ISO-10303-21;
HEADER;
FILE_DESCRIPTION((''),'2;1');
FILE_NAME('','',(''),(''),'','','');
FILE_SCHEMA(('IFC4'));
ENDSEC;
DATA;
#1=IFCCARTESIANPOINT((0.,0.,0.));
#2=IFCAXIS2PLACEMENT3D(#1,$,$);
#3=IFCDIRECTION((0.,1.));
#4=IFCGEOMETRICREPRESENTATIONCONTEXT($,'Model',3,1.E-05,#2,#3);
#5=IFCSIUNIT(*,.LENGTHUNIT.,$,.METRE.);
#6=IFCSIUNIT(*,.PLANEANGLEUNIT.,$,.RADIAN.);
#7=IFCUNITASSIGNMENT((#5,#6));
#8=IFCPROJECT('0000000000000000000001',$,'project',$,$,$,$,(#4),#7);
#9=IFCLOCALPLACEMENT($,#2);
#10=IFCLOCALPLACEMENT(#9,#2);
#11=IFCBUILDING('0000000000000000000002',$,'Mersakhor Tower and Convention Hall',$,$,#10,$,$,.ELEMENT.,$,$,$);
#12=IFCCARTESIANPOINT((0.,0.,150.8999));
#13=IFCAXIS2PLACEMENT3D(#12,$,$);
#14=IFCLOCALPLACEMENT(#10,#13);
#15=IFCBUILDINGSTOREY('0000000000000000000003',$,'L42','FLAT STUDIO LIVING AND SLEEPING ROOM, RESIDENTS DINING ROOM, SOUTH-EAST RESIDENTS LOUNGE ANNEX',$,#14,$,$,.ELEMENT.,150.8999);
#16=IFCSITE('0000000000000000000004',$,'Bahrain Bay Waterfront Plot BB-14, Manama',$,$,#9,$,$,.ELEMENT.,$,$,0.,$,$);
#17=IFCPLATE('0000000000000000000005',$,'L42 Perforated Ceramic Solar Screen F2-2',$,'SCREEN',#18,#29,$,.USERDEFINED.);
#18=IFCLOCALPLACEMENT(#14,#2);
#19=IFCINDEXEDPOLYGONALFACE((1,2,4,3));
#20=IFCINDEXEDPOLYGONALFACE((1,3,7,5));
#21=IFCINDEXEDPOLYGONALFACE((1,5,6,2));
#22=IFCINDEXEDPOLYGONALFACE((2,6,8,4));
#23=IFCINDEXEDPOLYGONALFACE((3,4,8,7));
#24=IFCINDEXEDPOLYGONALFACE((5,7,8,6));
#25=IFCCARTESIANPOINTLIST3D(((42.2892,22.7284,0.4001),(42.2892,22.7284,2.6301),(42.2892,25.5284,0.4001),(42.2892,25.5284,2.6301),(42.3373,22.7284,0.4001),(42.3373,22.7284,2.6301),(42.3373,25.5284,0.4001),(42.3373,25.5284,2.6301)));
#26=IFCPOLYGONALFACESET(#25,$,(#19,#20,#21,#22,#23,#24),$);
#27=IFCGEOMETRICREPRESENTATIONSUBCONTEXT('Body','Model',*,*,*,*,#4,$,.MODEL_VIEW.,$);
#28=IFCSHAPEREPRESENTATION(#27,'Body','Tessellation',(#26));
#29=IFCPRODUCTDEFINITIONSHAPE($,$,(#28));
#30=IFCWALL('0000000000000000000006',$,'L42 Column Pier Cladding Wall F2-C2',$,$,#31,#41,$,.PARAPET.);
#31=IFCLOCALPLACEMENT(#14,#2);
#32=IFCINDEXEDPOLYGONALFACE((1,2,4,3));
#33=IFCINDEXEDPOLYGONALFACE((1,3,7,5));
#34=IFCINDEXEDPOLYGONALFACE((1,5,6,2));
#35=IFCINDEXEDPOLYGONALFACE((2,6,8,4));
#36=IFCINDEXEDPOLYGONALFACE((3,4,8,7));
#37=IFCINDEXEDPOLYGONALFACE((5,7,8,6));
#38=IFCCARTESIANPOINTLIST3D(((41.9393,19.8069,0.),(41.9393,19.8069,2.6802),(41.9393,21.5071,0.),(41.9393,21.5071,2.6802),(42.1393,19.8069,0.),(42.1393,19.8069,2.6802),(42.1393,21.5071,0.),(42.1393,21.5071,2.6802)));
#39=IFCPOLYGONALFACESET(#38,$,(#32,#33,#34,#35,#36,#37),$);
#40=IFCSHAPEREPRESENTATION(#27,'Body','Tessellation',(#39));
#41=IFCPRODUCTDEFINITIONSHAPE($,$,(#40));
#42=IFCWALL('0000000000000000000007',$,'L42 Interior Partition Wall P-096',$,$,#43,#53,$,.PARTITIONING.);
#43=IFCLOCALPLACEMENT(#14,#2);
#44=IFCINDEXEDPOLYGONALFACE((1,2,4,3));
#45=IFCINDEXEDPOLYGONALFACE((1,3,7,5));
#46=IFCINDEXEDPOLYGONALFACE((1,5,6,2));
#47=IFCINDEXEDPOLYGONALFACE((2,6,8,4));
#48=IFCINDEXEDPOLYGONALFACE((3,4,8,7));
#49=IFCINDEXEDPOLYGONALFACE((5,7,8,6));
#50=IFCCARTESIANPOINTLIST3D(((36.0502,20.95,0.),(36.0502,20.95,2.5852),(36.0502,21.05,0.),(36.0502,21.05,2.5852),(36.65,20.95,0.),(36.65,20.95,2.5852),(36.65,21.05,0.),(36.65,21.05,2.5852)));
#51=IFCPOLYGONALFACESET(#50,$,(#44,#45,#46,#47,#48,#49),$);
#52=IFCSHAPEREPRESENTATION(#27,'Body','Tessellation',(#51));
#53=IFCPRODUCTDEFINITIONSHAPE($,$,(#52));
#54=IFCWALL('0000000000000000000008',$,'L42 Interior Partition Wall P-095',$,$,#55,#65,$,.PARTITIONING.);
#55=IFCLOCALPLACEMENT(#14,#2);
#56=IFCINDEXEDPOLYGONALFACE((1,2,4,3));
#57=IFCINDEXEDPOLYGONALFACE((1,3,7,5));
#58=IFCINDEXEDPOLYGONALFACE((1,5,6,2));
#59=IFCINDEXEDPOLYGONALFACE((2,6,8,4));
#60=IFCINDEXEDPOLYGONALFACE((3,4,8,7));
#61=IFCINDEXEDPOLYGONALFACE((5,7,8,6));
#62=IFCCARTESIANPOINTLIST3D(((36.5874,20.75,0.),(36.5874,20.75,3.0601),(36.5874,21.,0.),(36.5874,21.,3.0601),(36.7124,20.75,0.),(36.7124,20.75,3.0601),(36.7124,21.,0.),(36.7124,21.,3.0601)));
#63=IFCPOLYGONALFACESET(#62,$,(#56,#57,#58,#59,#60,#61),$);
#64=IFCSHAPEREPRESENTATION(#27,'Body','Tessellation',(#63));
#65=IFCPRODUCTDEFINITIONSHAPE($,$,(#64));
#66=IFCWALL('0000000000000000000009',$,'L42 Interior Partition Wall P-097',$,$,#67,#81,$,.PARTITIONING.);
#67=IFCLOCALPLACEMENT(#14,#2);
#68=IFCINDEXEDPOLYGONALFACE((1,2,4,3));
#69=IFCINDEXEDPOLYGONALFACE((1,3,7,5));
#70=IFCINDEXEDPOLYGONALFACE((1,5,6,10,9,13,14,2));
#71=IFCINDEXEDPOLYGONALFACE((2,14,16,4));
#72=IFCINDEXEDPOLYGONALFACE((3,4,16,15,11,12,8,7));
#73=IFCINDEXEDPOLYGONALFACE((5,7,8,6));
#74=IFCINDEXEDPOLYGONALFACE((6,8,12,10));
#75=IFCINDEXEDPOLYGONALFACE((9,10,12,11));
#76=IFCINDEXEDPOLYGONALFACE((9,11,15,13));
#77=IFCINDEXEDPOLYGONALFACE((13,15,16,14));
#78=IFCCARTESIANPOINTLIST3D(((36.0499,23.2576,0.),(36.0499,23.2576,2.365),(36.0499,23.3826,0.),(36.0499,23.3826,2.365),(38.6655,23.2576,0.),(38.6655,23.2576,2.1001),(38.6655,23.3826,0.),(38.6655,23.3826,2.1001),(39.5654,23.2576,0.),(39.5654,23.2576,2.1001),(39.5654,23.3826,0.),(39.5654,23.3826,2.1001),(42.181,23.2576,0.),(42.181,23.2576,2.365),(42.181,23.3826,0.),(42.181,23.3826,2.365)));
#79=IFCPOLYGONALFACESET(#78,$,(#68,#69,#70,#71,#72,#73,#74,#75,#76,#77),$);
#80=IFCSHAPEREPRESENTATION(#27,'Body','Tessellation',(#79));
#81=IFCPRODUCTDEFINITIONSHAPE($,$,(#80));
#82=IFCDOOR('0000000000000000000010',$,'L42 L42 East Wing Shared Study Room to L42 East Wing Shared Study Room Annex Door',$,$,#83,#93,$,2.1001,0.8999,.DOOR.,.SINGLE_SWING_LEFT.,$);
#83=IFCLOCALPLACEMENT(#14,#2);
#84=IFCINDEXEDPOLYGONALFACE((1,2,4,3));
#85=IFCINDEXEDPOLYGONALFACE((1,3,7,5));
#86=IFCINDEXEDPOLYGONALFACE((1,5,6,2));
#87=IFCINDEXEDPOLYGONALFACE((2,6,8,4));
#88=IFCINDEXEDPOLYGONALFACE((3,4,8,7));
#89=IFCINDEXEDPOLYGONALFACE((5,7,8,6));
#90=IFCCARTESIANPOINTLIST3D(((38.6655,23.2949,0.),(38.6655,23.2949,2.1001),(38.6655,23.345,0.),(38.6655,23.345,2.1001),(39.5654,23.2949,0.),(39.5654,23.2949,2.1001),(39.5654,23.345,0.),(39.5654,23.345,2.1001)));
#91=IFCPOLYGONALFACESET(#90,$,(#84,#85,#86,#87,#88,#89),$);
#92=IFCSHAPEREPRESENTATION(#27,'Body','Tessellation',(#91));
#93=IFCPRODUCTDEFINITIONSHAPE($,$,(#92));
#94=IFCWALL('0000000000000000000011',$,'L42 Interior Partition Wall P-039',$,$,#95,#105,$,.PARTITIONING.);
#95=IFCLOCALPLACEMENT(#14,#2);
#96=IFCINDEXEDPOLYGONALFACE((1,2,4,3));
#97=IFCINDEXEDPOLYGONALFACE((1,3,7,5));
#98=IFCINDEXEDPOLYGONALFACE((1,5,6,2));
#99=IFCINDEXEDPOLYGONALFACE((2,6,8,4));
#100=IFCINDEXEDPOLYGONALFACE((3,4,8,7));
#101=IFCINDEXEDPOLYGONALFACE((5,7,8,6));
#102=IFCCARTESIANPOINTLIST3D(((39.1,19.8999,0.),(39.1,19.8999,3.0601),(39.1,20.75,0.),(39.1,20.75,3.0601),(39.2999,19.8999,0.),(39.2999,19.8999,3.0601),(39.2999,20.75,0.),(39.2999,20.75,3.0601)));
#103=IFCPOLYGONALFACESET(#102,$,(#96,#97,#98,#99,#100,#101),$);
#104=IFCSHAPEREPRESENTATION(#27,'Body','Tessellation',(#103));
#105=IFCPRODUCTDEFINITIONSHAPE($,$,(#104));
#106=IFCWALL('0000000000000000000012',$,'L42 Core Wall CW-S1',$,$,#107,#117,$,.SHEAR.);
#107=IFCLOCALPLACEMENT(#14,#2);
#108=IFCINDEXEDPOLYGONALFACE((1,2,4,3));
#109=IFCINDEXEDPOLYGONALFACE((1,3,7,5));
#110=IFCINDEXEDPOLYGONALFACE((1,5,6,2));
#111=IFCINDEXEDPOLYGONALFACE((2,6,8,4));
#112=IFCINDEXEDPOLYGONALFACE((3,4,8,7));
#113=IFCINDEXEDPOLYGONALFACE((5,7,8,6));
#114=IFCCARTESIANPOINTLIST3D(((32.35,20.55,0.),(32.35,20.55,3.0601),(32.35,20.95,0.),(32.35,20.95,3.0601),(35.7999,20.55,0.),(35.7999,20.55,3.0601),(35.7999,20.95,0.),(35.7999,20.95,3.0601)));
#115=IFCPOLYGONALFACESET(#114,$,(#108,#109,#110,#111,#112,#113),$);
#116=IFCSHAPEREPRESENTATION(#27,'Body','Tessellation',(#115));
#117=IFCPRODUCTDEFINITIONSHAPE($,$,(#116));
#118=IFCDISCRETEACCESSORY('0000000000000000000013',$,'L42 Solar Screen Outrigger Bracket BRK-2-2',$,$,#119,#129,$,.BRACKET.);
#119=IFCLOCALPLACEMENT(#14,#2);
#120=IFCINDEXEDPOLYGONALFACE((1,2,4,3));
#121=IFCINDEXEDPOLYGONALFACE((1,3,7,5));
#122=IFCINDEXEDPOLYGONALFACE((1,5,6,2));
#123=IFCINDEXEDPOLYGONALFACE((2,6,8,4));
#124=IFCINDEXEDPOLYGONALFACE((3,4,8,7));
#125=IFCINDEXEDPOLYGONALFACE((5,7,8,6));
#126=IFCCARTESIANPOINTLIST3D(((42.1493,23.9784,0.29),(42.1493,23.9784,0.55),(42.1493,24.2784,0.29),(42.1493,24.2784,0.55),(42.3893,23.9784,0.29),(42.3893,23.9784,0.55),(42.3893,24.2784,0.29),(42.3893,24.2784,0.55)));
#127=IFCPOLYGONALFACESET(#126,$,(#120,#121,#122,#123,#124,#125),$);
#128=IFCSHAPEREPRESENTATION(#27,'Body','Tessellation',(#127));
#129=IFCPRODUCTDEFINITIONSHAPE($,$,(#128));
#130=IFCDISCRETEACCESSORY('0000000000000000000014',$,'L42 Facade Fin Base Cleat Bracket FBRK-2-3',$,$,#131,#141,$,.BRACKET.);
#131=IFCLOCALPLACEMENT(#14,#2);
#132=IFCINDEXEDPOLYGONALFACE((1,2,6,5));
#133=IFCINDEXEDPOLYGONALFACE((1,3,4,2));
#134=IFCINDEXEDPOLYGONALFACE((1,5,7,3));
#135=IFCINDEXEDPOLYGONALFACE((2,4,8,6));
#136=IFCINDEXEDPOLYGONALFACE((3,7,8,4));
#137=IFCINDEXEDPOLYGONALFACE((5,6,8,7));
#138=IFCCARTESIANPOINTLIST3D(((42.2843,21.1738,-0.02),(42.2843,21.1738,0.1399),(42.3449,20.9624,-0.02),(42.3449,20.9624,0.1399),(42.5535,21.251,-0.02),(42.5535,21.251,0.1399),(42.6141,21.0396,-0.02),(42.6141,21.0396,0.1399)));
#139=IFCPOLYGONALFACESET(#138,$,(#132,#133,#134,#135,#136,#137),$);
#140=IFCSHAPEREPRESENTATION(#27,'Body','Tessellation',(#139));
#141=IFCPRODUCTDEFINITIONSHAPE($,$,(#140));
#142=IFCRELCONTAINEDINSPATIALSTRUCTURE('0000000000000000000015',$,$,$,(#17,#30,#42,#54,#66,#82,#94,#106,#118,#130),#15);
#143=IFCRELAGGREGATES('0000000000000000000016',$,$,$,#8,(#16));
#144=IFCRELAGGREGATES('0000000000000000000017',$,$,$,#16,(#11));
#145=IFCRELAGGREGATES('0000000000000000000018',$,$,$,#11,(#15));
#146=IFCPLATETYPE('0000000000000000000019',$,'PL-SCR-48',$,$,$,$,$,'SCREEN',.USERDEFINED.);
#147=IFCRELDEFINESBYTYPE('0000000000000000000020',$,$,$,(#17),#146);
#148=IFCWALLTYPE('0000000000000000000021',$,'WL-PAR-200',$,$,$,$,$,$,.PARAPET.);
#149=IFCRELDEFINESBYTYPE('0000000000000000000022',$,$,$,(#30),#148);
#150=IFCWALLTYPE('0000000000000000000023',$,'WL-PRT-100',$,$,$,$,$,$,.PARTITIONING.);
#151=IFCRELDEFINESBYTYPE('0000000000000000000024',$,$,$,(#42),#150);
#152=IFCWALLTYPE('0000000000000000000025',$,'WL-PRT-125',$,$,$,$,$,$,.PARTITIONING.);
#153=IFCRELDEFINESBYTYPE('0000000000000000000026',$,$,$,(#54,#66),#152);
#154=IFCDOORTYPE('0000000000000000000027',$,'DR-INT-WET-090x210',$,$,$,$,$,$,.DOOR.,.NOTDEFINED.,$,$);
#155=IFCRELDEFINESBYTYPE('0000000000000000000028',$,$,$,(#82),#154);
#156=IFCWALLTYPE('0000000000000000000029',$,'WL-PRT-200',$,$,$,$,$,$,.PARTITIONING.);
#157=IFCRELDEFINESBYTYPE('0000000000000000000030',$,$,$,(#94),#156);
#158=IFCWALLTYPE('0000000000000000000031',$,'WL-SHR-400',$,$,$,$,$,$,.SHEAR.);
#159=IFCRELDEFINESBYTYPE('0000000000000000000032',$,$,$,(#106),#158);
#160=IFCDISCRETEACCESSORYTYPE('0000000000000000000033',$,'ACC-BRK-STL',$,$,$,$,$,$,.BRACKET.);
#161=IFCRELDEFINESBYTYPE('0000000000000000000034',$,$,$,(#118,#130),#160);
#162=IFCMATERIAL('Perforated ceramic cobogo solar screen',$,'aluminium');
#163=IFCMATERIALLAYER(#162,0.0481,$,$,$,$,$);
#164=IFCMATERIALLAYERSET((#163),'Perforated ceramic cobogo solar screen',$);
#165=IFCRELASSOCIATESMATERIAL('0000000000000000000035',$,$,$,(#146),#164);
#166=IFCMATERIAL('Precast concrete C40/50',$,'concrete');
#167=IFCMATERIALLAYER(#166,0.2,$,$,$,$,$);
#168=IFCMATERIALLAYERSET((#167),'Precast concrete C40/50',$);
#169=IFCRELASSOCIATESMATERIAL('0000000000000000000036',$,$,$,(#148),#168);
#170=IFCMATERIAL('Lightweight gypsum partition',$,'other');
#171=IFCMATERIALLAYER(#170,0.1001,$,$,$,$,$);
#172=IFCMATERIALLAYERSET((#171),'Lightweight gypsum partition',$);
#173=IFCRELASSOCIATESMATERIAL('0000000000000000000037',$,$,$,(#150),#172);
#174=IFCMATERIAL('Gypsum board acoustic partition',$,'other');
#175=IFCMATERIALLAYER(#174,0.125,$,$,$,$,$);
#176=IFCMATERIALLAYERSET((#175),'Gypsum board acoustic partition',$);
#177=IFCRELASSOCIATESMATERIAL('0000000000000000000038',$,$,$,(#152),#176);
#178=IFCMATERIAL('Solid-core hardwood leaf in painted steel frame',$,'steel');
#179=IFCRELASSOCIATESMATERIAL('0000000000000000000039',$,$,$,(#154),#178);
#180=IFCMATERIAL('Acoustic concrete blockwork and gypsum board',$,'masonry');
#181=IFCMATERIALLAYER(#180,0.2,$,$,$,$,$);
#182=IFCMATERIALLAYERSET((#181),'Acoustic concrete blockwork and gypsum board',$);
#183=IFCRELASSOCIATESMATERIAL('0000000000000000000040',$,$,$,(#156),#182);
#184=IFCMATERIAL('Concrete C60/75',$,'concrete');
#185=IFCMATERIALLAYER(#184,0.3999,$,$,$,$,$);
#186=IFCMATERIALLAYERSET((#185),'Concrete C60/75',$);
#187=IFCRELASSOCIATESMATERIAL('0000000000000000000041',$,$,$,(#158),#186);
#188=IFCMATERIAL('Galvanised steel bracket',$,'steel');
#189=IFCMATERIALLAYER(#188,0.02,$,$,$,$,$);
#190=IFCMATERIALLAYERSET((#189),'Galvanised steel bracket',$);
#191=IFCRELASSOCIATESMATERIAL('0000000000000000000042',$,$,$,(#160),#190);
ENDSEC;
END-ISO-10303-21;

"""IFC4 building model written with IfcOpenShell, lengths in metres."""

from ifc_helpers import new_model, si_unit, direction, frame, frame_2d, origin, origin_2d, place, context, subcontext, project, spatial, rectangle, extrude, material, layer, layer_set, type_object, element, fill, save


model = new_model("IFC4")

# Units and contexts
model_context = context("Model", 3, precision=1e-05, world=origin(), true_north=direction((0.0, 1.0)))
body_context = subcontext(model_context, "Body", "Model", "MODEL_VIEW")
ifc_project = project(units=[si_unit("LENGTHUNIT", "METRE"), si_unit("PLANEANGLEUNIT", "RADIAN")], contexts=[model_context])

# Site, building, storey
site_placement = place(None, origin())
site = spatial("IfcSite", under=ifc_project, at=site_placement, Name="Bahrain Bay Waterfront Plot BB-14, Manama", CompositionType="ELEMENT", RefElevation=0.0)
building_placement = place(site_placement, origin())
building = spatial("IfcBuilding", under=site, at=building_placement, Name="Mersakhor Tower and Convention Hall", CompositionType="ELEMENT")
storey_placement = place(building_placement, frame((0.0, 0.0, 150.8999)))
storey = spatial("IfcBuildingStorey", under=building, at=storey_placement, Name="L42", Description="FLAT STUDIO LIVING AND SLEEPING ROOM, RESIDENTS DINING ROOM, SOUTH-EAST RESIDENTS LOUNGE ANNEX", CompositionType="ELEMENT", Elevation=150.8999)

# Plate
ifc_material_1 = material(Name="Perforated ceramic cobogo solar screen", Category="aluminium")
ifc_layer_1 = layer(ifc_material_1, 0.0481)
ifc_layer_set_1 = layer_set([ifc_layer_1], Name="Perforated ceramic cobogo solar screen")
plate_type_1 = type_object("IfcPlateType", Name="PL-SCR-48", ElementType="SCREEN", PredefinedType="USERDEFINED", material=ifc_layer_set_1)
plate_1_placement = place(storey_placement, frame((42.3132, 24.1284, 0.4001), z_axis=(0.0, 0.0, 1.0), x_axis=(0.0, -1.0, 0.0)))
element("IfcPlate", 1, at=plate_1_placement, inside=storey, type_object=plate_type_1, Name="L42 Perforated Ceramic Solar Screen F2-2", ObjectType="SCREEN", PredefinedType="USERDEFINED", context=body_context, shape_type="SweptSolid", body=[
    extrude(rectangle(XDim=2.8, YDim=0.0481, at=origin_2d()), origin(), (0.0, 0.0, 1.0), 2.23),
])

# Walls
ifc_material_2 = material(Name="Precast concrete C40/50", Category="concrete")
ifc_layer_2 = layer(ifc_material_2, 0.2)
ifc_layer_set_2 = layer_set([ifc_layer_2], Name="Precast concrete C40/50")
wall_type_1 = type_object("IfcWallType", Name="WL-PAR-200", PredefinedType="PARAPET", material=ifc_layer_set_2)
wall_1_placement = place(storey_placement, frame((42.0393, 21.5071, 0.0), z_axis=(0.0, 0.0, 1.0), x_axis=(0.0, -1.0, 0.0)))
element("IfcWall", 2, at=wall_1_placement, inside=storey, type_object=wall_type_1, Name="L42 Column Pier Cladding Wall F2-C2", PredefinedType="PARAPET", context=body_context, shape_type="SweptSolid", body=[
    extrude(rectangle(XDim=1.7002, YDim=0.2, at=frame_2d((0.8501, 0.0))), origin(), (0.0, 0.0, 1.0), 2.6802),
])
ifc_material_3 = material(Name="Lightweight gypsum partition", Category="other")
ifc_layer_3 = layer(ifc_material_3, 0.1001)
ifc_layer_set_3 = layer_set([ifc_layer_3], Name="Lightweight gypsum partition")
wall_type_2 = type_object("IfcWallType", Name="WL-PRT-100", PredefinedType="PARTITIONING", material=ifc_layer_set_3)
wall_2_placement = place(storey_placement, frame((36.6499, 21.0, 0.0), z_axis=(0.0, 0.0, 1.0), x_axis=(-1.0, 0.0, 0.0)))
element("IfcWall", 3, at=wall_2_placement, inside=storey, type_object=wall_type_2, Name="L42 Interior Partition Wall P-096", PredefinedType="PARTITIONING", context=body_context, shape_type="SweptSolid", body=[
    extrude(rectangle(XDim=0.5999, YDim=0.1001, at=frame_2d((0.2998, 0.0))), origin(), (0.0, 0.0, 1.0), 2.5852),
])
ifc_material_4 = material(Name="Gypsum board acoustic partition", Category="other")
ifc_layer_4 = layer(ifc_material_4, 0.125)
ifc_layer_set_4 = layer_set([ifc_layer_4], Name="Gypsum board acoustic partition")
wall_type_3 = type_object("IfcWallType", Name="WL-PRT-125", PredefinedType="PARTITIONING", material=ifc_layer_set_4)
wall_3_placement = place(storey_placement, frame((36.6499, 20.75, 0.0), z_axis=(0.0, 0.0, 1.0), x_axis=(0.0, 1.0, 0.0)))
element("IfcWall", 4, at=wall_3_placement, inside=storey, type_object=wall_type_3, Name="L42 Interior Partition Wall P-095", PredefinedType="PARTITIONING", context=body_context, shape_type="SweptSolid", body=[
    extrude(rectangle(XDim=0.25, YDim=0.125, at=frame_2d((0.125, 0.0))), origin(), (0.0, 0.0, 1.0), 3.0601),
])

# Wall, opening, door
wall_4_placement = place(storey_placement, frame((36.05, 23.3201, 0.0), z_axis=(0.0, 0.0, 1.0), x_axis=(1.0, 0.0, 0.0)))
wall_4 = element("IfcWall", 5, at=wall_4_placement, inside=storey, type_object=wall_type_3, Name="L42 Interior Partition Wall P-097", PredefinedType="PARTITIONING", context=body_context, shape_type="SweptSolid", body=[
    extrude(rectangle(XDim=6.1311, YDim=0.125, at=frame_2d((3.0654, 0.0))), origin(), (0.0, 0.0, 1.0), 2.365),
])
opening_1_placement = place(wall_4_placement, frame((2.6155, 0.0, 0.0)))
opening_1 = element("IfcOpeningElement", 6, at=opening_1_placement, cuts=wall_4, PredefinedType="OPENING", context=body_context, shape_type="SweptSolid", body=[
    extrude(rectangle(XDim=0.8999, YDim=2.1001, at=frame_2d((0.45, 1.05))), frame((0.0, 0.0725, 0.0), z_axis=(0.0, -1.0, 0.0), x_axis=(1.0, 0.0, 0.0)), (0.0, 0.0, 1.0), 0.145),
])
ifc_material_5 = material(Name="Solid-core hardwood leaf in painted steel frame", Category="steel")
door_type_1 = type_object("IfcDoorType", Name="DR-INT-WET-090x210", OperationType="NOTDEFINED", PredefinedType="DOOR", material=ifc_material_5)
door_1_placement = place(opening_1_placement, origin())
door_1 = element("IfcDoor", 7, at=door_1_placement, inside=storey, type_object=door_type_1, Name="L42 L42 East Wing Shared Study Room to L42 East Wing Shared Study Room Annex Door", OperationType="SINGLE_SWING_LEFT", OverallHeight=2.1001, OverallWidth=0.8999, PredefinedType="DOOR", context=body_context, shape_type="SweptSolid", body=[
    extrude(rectangle(XDim=0.8999, YDim=2.1001, at=frame_2d((0.45, 1.05))), frame((0.0, 0.0249, 0.0), z_axis=(0.0, -1.0, 0.0), x_axis=(1.0, 0.0, 0.0)), (0.0, 0.0, 1.0), 0.05),
])
fill(opening_1, door_1)
ifc_material_6 = material(Name="Acoustic concrete blockwork and gypsum board", Category="masonry")
ifc_layer_5 = layer(ifc_material_6, 0.2)
ifc_layer_set_5 = layer_set([ifc_layer_5], Name="Acoustic concrete blockwork and gypsum board")
wall_type_4 = type_object("IfcWallType", Name="WL-PRT-200", PredefinedType="PARTITIONING", material=ifc_layer_set_5)

# Walls
wall_5_placement = place(storey_placement, frame((39.2, 20.75, 0.0), z_axis=(0.0, 0.0, 1.0), x_axis=(0.0, -1.0, 0.0)))
element("IfcWall", 8, at=wall_5_placement, inside=storey, type_object=wall_type_4, Name="L42 Interior Partition Wall P-039", PredefinedType="PARTITIONING", context=body_context, shape_type="SweptSolid", body=[
    extrude(rectangle(XDim=0.8501, YDim=0.2, at=frame_2d((0.425, 0.0))), origin(), (0.0, 0.0, 1.0), 3.0601),
])
ifc_material_7 = material(Name="Concrete C60/75", Category="concrete")
ifc_layer_6 = layer(ifc_material_7, 0.3999)
ifc_layer_set_6 = layer_set([ifc_layer_6], Name="Concrete C60/75")
wall_type_5 = type_object("IfcWallType", Name="WL-SHR-400", PredefinedType="SHEAR", material=ifc_layer_set_6)
wall_6_placement = place(storey_placement, frame((35.8, 20.75, 0.0), z_axis=(0.0, 0.0, 1.0), x_axis=(-1.0, 0.0, 0.0)))
element("IfcWall", 9, at=wall_6_placement, inside=storey, type_object=wall_type_5, Name="L42 Core Wall CW-S1", PredefinedType="SHEAR", context=body_context, shape_type="SweptSolid", body=[
    extrude(rectangle(XDim=3.45, YDim=0.3999, at=frame_2d((1.7251, 0.0))), origin(), (0.0, 0.0, 1.0), 3.0601),
])

# Discrete accessories
ifc_material_8 = material(Name="Galvanised steel bracket", Category="steel")
ifc_layer_7 = layer(ifc_material_8, 0.02)
ifc_layer_set_7 = layer_set([ifc_layer_7], Name="Galvanised steel bracket")
discrete_accessory_type = type_object("IfcDiscreteAccessoryType", Name="ACC-BRK-STL", PredefinedType="BRACKET", material=ifc_layer_set_7)
discrete_accessory_1_placement = place(storey_placement, frame((42.2693, 24.1284, 0.29), z_axis=(0.0, 0.0, 1.0), x_axis=(0.0, -1.0, 0.0)))
element("IfcDiscreteAccessory", 10, at=discrete_accessory_1_placement, inside=storey, type_object=discrete_accessory_type, Name="L42 Solar Screen Outrigger Bracket BRK-2-2", PredefinedType="BRACKET", context=body_context, shape_type="SweptSolid", body=[
    extrude(rectangle(XDim=0.3, YDim=0.24, at=origin_2d()), origin(), (0.0, 0.0, 1.0), 0.26),
])
discrete_accessory_2_placement = place(storey_placement, frame((42.4492, 21.1067, -0.02), z_axis=(0.0, 0.0, 1.0), x_axis=(0.961262, 0.275637, 0.0)))
element("IfcDiscreteAccessory", 11, at=discrete_accessory_2_placement, inside=storey, type_object=discrete_accessory_type, Name="L42 Facade Fin Base Cleat Bracket FBRK-2-3", PredefinedType="BRACKET", context=body_context, shape_type="SweptSolid", body=[
    extrude(rectangle(XDim=0.28, YDim=0.22, at=origin_2d()), origin(), (0.0, 0.0, 1.0), 0.1599),
])

save(model, "model.ifc")
